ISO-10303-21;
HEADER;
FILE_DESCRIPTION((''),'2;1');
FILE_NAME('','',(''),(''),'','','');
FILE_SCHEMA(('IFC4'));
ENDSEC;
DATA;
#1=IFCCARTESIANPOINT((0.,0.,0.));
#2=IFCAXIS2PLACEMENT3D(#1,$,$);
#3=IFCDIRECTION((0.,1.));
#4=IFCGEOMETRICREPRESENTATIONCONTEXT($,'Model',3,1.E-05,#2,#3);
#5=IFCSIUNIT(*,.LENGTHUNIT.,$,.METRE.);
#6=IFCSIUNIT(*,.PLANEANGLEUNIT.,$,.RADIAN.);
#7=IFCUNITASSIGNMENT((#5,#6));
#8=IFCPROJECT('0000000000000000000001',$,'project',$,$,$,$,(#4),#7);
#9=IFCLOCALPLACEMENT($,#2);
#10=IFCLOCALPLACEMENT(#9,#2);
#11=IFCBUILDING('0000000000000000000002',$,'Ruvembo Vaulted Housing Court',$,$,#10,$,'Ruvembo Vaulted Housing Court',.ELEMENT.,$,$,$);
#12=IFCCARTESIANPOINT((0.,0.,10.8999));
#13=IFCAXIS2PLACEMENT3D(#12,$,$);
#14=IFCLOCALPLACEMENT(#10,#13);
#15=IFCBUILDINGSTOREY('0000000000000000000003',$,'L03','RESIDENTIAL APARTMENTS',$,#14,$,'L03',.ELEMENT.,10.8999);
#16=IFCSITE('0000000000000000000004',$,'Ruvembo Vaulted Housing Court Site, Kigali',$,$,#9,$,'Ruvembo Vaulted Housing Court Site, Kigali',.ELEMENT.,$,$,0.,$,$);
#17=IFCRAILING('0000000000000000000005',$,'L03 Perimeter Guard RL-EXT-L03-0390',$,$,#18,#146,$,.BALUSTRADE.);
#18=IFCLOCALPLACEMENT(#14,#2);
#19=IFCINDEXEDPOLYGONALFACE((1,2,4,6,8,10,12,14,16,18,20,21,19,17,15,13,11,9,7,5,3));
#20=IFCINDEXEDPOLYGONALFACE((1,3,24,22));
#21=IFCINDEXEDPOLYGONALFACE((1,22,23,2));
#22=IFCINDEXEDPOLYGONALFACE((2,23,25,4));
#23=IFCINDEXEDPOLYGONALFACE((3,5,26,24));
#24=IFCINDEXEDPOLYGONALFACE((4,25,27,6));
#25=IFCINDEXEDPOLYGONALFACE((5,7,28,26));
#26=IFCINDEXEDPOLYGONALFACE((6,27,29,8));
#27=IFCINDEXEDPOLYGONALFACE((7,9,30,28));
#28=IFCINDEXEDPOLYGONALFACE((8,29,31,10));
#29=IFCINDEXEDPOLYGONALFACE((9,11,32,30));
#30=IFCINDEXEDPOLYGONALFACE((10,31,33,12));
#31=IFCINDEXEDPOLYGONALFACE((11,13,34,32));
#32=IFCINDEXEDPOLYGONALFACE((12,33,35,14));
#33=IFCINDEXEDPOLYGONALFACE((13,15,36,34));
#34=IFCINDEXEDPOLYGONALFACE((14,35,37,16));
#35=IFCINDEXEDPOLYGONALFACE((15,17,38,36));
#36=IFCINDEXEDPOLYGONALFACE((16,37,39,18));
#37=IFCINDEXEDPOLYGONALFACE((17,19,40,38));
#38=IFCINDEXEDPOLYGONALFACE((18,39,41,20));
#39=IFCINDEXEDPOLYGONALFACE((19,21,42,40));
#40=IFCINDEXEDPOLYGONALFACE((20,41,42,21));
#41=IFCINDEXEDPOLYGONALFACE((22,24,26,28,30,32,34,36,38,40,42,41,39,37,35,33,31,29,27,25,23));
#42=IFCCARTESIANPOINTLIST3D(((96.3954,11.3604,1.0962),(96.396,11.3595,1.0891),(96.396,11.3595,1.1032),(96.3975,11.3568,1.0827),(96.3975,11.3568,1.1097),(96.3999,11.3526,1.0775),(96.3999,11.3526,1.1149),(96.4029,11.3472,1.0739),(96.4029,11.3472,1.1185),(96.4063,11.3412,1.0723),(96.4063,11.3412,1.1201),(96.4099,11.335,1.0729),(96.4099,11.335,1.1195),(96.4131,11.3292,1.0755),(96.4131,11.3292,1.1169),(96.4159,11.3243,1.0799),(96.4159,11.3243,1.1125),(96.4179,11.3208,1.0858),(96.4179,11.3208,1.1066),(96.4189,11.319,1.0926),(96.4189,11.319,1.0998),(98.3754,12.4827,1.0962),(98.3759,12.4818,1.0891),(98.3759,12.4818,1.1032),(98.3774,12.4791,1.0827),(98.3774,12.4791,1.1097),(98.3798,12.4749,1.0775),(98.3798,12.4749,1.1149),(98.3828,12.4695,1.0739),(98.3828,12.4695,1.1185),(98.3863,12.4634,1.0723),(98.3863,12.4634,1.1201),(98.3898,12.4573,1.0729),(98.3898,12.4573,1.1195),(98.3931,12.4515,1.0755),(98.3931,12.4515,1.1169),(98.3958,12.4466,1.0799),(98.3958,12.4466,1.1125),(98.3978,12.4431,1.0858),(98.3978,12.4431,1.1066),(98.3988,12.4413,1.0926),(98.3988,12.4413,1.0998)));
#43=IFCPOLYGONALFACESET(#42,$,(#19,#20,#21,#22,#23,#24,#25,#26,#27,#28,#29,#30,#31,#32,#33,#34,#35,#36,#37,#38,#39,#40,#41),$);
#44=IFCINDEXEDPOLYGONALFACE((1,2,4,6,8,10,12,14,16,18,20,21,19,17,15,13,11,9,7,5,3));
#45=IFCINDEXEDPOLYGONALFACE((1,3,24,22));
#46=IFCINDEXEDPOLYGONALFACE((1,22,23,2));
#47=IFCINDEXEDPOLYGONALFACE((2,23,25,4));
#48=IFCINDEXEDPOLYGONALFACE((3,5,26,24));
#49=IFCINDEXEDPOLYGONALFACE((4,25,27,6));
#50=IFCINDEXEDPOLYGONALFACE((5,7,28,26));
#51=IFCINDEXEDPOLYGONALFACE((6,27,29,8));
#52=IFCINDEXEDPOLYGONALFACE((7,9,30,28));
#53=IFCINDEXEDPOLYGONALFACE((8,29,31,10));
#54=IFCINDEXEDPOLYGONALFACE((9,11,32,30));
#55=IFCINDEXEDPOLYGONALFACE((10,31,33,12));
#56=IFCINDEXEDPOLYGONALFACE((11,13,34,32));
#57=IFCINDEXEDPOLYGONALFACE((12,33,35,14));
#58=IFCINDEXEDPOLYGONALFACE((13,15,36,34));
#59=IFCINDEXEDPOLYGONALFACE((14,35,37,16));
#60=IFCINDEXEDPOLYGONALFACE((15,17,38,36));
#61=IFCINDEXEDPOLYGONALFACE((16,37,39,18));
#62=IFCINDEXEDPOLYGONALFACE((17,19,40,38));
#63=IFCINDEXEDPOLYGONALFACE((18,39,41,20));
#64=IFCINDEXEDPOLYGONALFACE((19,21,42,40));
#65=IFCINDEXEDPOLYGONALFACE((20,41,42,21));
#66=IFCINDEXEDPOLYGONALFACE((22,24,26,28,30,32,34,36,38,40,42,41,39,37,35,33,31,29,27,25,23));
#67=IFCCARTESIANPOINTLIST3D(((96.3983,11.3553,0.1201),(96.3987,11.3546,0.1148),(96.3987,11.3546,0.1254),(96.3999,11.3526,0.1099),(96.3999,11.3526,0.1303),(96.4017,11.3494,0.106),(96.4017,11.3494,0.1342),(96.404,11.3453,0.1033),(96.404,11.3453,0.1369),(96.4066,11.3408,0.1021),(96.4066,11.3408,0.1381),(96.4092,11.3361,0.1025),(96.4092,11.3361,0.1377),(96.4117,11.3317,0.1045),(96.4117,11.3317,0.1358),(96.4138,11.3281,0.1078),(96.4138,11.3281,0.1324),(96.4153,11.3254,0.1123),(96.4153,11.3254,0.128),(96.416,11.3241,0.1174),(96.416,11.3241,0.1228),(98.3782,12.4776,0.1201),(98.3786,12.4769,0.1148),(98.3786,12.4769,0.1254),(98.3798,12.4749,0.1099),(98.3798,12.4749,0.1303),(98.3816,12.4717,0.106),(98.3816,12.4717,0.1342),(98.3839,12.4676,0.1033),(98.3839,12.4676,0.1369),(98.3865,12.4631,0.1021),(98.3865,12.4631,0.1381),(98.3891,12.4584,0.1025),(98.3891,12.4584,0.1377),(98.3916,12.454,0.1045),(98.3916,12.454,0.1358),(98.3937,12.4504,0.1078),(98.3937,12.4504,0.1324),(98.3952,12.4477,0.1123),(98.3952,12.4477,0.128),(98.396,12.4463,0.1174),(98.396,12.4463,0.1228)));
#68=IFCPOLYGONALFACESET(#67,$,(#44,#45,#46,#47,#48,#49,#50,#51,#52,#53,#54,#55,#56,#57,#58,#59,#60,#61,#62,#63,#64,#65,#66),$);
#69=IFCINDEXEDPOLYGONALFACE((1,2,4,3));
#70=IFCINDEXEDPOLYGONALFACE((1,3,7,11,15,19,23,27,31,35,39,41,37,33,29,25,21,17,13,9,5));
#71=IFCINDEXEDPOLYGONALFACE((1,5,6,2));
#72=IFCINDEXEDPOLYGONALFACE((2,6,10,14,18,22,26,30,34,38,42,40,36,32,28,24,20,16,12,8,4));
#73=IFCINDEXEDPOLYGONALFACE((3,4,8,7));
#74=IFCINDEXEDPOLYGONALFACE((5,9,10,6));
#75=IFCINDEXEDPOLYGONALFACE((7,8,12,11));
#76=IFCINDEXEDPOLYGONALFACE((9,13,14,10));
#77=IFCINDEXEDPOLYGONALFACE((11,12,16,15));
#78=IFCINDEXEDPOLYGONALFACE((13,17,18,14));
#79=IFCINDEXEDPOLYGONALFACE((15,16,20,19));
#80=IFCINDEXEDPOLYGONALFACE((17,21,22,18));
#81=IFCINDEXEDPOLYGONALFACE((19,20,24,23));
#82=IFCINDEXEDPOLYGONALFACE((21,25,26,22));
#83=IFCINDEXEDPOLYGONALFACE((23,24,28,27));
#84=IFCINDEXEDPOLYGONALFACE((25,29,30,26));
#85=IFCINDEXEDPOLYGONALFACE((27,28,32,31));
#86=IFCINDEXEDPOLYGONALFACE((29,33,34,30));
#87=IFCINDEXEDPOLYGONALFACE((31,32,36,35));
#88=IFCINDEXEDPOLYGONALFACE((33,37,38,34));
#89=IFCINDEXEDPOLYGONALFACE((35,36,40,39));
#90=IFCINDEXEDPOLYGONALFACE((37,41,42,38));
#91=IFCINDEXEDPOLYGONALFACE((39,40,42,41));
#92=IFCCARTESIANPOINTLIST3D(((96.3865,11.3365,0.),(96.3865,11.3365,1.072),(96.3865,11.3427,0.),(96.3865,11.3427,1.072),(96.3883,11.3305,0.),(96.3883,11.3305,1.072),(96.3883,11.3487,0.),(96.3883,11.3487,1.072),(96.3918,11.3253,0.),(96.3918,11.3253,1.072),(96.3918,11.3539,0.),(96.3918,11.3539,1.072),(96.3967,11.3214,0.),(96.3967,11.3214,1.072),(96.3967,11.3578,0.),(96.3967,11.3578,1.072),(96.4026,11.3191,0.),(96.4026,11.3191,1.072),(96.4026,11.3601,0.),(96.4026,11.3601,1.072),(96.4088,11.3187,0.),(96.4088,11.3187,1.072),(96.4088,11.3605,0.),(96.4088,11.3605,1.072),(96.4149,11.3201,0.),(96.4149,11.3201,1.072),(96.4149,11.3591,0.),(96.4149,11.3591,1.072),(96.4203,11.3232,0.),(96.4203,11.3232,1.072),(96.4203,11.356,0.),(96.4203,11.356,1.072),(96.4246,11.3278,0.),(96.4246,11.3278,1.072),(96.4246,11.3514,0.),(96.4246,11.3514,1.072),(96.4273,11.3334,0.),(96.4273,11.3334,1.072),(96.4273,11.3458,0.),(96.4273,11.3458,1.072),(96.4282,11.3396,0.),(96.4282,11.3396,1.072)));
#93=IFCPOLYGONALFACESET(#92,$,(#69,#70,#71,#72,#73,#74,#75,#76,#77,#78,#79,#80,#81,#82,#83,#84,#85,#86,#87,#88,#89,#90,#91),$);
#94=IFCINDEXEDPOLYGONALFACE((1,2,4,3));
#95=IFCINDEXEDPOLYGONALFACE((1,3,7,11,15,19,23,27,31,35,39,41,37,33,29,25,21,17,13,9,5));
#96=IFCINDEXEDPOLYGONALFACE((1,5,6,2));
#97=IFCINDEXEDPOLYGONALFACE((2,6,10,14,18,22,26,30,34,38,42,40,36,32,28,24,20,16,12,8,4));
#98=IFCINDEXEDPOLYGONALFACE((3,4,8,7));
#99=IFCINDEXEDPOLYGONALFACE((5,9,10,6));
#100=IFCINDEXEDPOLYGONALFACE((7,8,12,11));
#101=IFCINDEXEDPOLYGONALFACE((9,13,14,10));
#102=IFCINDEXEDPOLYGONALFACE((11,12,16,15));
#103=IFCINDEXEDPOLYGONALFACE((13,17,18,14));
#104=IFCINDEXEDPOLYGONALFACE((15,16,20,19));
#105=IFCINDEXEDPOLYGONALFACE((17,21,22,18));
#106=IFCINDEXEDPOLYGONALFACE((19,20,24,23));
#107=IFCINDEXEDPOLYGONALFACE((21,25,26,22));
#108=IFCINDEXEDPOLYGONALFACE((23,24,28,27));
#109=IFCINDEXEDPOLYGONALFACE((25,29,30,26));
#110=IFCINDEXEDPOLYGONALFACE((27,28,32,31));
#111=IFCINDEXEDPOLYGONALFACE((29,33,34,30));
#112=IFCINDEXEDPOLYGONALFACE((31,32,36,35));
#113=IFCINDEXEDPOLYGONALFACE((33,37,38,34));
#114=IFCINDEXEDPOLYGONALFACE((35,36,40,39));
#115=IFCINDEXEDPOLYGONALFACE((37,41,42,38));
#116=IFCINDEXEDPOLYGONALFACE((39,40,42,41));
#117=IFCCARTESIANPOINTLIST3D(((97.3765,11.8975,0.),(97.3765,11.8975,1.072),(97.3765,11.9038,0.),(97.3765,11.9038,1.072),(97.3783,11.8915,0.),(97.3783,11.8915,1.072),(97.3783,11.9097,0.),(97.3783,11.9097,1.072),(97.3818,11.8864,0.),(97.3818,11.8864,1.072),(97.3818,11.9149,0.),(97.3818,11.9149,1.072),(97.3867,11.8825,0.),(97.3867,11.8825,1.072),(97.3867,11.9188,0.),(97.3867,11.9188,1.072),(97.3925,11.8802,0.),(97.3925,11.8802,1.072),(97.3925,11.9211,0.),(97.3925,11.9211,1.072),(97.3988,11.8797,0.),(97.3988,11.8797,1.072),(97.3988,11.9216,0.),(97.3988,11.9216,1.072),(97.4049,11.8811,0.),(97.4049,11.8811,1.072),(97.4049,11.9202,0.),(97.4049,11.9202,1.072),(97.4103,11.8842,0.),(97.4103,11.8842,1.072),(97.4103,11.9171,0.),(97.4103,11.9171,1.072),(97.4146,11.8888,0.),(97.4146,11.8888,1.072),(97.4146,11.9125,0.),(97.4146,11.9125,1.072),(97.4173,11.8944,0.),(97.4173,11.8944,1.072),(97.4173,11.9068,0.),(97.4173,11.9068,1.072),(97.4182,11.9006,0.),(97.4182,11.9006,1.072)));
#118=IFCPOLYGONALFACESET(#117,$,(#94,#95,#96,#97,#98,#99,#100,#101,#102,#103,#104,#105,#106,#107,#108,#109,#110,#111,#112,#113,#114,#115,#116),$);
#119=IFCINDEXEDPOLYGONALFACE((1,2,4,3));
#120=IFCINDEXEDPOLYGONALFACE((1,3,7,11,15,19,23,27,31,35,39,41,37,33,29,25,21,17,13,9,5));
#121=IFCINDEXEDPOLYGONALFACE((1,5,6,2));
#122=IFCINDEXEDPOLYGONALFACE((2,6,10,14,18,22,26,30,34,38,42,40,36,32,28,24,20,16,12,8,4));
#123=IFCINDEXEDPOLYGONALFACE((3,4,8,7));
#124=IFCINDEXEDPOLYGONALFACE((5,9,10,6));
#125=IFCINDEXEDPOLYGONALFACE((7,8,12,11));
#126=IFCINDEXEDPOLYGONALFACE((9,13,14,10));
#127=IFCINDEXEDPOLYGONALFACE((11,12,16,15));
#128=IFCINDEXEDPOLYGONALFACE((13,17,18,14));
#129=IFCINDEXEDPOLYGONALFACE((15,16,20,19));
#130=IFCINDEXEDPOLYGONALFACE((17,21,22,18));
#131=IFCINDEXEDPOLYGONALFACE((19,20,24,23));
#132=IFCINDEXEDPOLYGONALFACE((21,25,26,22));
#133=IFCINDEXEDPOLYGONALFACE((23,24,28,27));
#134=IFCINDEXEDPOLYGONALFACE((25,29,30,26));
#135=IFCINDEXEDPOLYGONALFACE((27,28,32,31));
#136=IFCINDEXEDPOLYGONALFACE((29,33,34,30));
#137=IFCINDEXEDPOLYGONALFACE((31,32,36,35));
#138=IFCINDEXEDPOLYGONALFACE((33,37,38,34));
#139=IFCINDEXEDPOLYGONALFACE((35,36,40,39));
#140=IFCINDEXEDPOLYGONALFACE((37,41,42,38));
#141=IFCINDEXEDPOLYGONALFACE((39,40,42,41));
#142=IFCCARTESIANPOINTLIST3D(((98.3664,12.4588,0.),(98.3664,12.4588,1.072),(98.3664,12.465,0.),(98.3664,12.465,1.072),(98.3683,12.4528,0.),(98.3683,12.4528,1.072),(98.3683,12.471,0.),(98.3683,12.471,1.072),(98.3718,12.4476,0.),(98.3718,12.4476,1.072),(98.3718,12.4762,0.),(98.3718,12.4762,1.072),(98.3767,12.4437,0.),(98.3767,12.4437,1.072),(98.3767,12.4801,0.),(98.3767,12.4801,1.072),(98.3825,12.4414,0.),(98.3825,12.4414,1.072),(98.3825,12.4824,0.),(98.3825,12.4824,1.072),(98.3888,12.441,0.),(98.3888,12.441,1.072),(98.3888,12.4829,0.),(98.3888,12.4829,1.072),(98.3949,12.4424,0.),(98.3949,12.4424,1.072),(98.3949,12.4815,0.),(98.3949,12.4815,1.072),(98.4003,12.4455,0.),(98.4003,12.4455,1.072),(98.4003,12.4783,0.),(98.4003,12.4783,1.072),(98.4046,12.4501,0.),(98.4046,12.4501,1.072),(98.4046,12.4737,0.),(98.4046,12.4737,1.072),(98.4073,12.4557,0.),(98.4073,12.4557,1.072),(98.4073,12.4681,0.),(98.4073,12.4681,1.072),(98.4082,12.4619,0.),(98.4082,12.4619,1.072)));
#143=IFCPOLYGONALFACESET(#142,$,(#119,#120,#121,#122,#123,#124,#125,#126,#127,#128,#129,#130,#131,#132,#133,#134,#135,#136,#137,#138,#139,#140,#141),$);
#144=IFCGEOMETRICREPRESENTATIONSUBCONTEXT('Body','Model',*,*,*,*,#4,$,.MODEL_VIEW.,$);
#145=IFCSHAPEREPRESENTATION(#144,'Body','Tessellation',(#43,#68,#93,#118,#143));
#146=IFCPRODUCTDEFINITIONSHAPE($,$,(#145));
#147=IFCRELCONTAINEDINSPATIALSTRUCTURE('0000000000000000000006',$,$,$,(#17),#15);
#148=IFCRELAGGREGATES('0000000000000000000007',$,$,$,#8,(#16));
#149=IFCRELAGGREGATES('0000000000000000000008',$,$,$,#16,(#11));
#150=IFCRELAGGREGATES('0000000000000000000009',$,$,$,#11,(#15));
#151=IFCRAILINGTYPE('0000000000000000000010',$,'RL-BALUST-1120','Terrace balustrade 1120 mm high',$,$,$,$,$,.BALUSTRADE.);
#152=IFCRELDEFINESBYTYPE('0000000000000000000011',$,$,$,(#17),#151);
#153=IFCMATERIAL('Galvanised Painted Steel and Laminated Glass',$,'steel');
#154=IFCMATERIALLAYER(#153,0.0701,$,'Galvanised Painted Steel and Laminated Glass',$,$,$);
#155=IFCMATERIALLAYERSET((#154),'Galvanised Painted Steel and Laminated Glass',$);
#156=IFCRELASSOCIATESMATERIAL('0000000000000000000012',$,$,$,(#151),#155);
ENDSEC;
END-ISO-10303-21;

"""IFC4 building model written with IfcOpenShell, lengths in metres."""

from ifc_helpers import new_model, si_unit, direction, frame, origin, origin_2d, place, context, subcontext, project, spatial, circle, extrude, material, layer, layer_set, type_object, element, save


model = new_model("IFC4")

# Units and contexts
model_context = context("Model", 3, precision=1e-05, world=origin(), true_north=direction((0.0, 1.0)))
body_context = subcontext(model_context, "Body", "Model", "MODEL_VIEW")
ifc_project = project(units=[si_unit("LENGTHUNIT", "METRE"), si_unit("PLANEANGLEUNIT", "RADIAN")], contexts=[model_context])

# Site, building, storey
site_placement = place(None, origin())
site = spatial("IfcSite", under=ifc_project, at=site_placement, Name="Ruvembo Vaulted Housing Court Site, Kigali", LongName="Ruvembo Vaulted Housing Court Site, Kigali", CompositionType="ELEMENT", RefElevation=0.0)
building_placement = place(site_placement, origin())
building = spatial("IfcBuilding", under=site, at=building_placement, Name="Ruvembo Vaulted Housing Court", LongName="Ruvembo Vaulted Housing Court", CompositionType="ELEMENT")
storey_placement = place(building_placement, frame((0.0, 0.0, 10.8999)))
storey = spatial("IfcBuildingStorey", under=building, at=storey_placement, Name="L03", Description="RESIDENTIAL APARTMENTS", LongName="L03", CompositionType="ELEMENT", Elevation=10.8999)

# Railing
ifc_material_1 = material(Name="Galvanised Painted Steel and Laminated Glass", Category="steel")
ifc_layer_1 = layer(ifc_material_1, 0.0701, Name="Galvanised Painted Steel and Laminated Glass")
ifc_layer_set_1 = layer_set([ifc_layer_1], Name="Galvanised Painted Steel and Laminated Glass")
railing_type_1 = type_object("IfcRailingType", Name="RL-BALUST-1120", Description="Terrace balustrade 1120 mm high", PredefinedType="BALUSTRADE", material=ifc_layer_set_1)
railing_1_placement = place(storey_placement, frame((96.4072, 11.3396, 0.0)))
element("IfcRailing", 1, at=railing_1_placement, inside=storey, type_object=railing_type_1, Name="L03 Perimeter Guard RL-EXT-L03-0390", PredefinedType="BALUSTRADE", context=body_context, shape_type="SweptSolid", body=[
    extrude(circle(Radius=0.0239, at=origin_2d()), frame((0.0, 0.0, 1.0962), z_axis=(0.869961, 0.493121, 0.0), x_axis=(-0.493121, 0.869961, 0.0)), (0.0, 0.0, 1.0), 2.2759),
    extrude(circle(Radius=0.0181, at=origin_2d()), frame((0.0, 0.0, 0.1201), z_axis=(0.869961, 0.493121, 0.0), x_axis=(-0.493121, 0.869961, 0.0)), (0.0, 0.0, 1.0), 2.2759),
    extrude(circle(Radius=0.021, at=origin_2d()), origin(), (0.0, 0.0, 1.0), 1.072),
    extrude(circle(Radius=0.021, at=origin_2d()), frame((0.99, 0.561, 0.0)), (0.0, 0.0, 1.0), 1.072),
    extrude(circle(Radius=0.021, at=origin_2d()), frame((1.98, 1.1223, 0.0)), (0.0, 0.0, 1.0), 1.072),
])

save(model, "model.ifc")
